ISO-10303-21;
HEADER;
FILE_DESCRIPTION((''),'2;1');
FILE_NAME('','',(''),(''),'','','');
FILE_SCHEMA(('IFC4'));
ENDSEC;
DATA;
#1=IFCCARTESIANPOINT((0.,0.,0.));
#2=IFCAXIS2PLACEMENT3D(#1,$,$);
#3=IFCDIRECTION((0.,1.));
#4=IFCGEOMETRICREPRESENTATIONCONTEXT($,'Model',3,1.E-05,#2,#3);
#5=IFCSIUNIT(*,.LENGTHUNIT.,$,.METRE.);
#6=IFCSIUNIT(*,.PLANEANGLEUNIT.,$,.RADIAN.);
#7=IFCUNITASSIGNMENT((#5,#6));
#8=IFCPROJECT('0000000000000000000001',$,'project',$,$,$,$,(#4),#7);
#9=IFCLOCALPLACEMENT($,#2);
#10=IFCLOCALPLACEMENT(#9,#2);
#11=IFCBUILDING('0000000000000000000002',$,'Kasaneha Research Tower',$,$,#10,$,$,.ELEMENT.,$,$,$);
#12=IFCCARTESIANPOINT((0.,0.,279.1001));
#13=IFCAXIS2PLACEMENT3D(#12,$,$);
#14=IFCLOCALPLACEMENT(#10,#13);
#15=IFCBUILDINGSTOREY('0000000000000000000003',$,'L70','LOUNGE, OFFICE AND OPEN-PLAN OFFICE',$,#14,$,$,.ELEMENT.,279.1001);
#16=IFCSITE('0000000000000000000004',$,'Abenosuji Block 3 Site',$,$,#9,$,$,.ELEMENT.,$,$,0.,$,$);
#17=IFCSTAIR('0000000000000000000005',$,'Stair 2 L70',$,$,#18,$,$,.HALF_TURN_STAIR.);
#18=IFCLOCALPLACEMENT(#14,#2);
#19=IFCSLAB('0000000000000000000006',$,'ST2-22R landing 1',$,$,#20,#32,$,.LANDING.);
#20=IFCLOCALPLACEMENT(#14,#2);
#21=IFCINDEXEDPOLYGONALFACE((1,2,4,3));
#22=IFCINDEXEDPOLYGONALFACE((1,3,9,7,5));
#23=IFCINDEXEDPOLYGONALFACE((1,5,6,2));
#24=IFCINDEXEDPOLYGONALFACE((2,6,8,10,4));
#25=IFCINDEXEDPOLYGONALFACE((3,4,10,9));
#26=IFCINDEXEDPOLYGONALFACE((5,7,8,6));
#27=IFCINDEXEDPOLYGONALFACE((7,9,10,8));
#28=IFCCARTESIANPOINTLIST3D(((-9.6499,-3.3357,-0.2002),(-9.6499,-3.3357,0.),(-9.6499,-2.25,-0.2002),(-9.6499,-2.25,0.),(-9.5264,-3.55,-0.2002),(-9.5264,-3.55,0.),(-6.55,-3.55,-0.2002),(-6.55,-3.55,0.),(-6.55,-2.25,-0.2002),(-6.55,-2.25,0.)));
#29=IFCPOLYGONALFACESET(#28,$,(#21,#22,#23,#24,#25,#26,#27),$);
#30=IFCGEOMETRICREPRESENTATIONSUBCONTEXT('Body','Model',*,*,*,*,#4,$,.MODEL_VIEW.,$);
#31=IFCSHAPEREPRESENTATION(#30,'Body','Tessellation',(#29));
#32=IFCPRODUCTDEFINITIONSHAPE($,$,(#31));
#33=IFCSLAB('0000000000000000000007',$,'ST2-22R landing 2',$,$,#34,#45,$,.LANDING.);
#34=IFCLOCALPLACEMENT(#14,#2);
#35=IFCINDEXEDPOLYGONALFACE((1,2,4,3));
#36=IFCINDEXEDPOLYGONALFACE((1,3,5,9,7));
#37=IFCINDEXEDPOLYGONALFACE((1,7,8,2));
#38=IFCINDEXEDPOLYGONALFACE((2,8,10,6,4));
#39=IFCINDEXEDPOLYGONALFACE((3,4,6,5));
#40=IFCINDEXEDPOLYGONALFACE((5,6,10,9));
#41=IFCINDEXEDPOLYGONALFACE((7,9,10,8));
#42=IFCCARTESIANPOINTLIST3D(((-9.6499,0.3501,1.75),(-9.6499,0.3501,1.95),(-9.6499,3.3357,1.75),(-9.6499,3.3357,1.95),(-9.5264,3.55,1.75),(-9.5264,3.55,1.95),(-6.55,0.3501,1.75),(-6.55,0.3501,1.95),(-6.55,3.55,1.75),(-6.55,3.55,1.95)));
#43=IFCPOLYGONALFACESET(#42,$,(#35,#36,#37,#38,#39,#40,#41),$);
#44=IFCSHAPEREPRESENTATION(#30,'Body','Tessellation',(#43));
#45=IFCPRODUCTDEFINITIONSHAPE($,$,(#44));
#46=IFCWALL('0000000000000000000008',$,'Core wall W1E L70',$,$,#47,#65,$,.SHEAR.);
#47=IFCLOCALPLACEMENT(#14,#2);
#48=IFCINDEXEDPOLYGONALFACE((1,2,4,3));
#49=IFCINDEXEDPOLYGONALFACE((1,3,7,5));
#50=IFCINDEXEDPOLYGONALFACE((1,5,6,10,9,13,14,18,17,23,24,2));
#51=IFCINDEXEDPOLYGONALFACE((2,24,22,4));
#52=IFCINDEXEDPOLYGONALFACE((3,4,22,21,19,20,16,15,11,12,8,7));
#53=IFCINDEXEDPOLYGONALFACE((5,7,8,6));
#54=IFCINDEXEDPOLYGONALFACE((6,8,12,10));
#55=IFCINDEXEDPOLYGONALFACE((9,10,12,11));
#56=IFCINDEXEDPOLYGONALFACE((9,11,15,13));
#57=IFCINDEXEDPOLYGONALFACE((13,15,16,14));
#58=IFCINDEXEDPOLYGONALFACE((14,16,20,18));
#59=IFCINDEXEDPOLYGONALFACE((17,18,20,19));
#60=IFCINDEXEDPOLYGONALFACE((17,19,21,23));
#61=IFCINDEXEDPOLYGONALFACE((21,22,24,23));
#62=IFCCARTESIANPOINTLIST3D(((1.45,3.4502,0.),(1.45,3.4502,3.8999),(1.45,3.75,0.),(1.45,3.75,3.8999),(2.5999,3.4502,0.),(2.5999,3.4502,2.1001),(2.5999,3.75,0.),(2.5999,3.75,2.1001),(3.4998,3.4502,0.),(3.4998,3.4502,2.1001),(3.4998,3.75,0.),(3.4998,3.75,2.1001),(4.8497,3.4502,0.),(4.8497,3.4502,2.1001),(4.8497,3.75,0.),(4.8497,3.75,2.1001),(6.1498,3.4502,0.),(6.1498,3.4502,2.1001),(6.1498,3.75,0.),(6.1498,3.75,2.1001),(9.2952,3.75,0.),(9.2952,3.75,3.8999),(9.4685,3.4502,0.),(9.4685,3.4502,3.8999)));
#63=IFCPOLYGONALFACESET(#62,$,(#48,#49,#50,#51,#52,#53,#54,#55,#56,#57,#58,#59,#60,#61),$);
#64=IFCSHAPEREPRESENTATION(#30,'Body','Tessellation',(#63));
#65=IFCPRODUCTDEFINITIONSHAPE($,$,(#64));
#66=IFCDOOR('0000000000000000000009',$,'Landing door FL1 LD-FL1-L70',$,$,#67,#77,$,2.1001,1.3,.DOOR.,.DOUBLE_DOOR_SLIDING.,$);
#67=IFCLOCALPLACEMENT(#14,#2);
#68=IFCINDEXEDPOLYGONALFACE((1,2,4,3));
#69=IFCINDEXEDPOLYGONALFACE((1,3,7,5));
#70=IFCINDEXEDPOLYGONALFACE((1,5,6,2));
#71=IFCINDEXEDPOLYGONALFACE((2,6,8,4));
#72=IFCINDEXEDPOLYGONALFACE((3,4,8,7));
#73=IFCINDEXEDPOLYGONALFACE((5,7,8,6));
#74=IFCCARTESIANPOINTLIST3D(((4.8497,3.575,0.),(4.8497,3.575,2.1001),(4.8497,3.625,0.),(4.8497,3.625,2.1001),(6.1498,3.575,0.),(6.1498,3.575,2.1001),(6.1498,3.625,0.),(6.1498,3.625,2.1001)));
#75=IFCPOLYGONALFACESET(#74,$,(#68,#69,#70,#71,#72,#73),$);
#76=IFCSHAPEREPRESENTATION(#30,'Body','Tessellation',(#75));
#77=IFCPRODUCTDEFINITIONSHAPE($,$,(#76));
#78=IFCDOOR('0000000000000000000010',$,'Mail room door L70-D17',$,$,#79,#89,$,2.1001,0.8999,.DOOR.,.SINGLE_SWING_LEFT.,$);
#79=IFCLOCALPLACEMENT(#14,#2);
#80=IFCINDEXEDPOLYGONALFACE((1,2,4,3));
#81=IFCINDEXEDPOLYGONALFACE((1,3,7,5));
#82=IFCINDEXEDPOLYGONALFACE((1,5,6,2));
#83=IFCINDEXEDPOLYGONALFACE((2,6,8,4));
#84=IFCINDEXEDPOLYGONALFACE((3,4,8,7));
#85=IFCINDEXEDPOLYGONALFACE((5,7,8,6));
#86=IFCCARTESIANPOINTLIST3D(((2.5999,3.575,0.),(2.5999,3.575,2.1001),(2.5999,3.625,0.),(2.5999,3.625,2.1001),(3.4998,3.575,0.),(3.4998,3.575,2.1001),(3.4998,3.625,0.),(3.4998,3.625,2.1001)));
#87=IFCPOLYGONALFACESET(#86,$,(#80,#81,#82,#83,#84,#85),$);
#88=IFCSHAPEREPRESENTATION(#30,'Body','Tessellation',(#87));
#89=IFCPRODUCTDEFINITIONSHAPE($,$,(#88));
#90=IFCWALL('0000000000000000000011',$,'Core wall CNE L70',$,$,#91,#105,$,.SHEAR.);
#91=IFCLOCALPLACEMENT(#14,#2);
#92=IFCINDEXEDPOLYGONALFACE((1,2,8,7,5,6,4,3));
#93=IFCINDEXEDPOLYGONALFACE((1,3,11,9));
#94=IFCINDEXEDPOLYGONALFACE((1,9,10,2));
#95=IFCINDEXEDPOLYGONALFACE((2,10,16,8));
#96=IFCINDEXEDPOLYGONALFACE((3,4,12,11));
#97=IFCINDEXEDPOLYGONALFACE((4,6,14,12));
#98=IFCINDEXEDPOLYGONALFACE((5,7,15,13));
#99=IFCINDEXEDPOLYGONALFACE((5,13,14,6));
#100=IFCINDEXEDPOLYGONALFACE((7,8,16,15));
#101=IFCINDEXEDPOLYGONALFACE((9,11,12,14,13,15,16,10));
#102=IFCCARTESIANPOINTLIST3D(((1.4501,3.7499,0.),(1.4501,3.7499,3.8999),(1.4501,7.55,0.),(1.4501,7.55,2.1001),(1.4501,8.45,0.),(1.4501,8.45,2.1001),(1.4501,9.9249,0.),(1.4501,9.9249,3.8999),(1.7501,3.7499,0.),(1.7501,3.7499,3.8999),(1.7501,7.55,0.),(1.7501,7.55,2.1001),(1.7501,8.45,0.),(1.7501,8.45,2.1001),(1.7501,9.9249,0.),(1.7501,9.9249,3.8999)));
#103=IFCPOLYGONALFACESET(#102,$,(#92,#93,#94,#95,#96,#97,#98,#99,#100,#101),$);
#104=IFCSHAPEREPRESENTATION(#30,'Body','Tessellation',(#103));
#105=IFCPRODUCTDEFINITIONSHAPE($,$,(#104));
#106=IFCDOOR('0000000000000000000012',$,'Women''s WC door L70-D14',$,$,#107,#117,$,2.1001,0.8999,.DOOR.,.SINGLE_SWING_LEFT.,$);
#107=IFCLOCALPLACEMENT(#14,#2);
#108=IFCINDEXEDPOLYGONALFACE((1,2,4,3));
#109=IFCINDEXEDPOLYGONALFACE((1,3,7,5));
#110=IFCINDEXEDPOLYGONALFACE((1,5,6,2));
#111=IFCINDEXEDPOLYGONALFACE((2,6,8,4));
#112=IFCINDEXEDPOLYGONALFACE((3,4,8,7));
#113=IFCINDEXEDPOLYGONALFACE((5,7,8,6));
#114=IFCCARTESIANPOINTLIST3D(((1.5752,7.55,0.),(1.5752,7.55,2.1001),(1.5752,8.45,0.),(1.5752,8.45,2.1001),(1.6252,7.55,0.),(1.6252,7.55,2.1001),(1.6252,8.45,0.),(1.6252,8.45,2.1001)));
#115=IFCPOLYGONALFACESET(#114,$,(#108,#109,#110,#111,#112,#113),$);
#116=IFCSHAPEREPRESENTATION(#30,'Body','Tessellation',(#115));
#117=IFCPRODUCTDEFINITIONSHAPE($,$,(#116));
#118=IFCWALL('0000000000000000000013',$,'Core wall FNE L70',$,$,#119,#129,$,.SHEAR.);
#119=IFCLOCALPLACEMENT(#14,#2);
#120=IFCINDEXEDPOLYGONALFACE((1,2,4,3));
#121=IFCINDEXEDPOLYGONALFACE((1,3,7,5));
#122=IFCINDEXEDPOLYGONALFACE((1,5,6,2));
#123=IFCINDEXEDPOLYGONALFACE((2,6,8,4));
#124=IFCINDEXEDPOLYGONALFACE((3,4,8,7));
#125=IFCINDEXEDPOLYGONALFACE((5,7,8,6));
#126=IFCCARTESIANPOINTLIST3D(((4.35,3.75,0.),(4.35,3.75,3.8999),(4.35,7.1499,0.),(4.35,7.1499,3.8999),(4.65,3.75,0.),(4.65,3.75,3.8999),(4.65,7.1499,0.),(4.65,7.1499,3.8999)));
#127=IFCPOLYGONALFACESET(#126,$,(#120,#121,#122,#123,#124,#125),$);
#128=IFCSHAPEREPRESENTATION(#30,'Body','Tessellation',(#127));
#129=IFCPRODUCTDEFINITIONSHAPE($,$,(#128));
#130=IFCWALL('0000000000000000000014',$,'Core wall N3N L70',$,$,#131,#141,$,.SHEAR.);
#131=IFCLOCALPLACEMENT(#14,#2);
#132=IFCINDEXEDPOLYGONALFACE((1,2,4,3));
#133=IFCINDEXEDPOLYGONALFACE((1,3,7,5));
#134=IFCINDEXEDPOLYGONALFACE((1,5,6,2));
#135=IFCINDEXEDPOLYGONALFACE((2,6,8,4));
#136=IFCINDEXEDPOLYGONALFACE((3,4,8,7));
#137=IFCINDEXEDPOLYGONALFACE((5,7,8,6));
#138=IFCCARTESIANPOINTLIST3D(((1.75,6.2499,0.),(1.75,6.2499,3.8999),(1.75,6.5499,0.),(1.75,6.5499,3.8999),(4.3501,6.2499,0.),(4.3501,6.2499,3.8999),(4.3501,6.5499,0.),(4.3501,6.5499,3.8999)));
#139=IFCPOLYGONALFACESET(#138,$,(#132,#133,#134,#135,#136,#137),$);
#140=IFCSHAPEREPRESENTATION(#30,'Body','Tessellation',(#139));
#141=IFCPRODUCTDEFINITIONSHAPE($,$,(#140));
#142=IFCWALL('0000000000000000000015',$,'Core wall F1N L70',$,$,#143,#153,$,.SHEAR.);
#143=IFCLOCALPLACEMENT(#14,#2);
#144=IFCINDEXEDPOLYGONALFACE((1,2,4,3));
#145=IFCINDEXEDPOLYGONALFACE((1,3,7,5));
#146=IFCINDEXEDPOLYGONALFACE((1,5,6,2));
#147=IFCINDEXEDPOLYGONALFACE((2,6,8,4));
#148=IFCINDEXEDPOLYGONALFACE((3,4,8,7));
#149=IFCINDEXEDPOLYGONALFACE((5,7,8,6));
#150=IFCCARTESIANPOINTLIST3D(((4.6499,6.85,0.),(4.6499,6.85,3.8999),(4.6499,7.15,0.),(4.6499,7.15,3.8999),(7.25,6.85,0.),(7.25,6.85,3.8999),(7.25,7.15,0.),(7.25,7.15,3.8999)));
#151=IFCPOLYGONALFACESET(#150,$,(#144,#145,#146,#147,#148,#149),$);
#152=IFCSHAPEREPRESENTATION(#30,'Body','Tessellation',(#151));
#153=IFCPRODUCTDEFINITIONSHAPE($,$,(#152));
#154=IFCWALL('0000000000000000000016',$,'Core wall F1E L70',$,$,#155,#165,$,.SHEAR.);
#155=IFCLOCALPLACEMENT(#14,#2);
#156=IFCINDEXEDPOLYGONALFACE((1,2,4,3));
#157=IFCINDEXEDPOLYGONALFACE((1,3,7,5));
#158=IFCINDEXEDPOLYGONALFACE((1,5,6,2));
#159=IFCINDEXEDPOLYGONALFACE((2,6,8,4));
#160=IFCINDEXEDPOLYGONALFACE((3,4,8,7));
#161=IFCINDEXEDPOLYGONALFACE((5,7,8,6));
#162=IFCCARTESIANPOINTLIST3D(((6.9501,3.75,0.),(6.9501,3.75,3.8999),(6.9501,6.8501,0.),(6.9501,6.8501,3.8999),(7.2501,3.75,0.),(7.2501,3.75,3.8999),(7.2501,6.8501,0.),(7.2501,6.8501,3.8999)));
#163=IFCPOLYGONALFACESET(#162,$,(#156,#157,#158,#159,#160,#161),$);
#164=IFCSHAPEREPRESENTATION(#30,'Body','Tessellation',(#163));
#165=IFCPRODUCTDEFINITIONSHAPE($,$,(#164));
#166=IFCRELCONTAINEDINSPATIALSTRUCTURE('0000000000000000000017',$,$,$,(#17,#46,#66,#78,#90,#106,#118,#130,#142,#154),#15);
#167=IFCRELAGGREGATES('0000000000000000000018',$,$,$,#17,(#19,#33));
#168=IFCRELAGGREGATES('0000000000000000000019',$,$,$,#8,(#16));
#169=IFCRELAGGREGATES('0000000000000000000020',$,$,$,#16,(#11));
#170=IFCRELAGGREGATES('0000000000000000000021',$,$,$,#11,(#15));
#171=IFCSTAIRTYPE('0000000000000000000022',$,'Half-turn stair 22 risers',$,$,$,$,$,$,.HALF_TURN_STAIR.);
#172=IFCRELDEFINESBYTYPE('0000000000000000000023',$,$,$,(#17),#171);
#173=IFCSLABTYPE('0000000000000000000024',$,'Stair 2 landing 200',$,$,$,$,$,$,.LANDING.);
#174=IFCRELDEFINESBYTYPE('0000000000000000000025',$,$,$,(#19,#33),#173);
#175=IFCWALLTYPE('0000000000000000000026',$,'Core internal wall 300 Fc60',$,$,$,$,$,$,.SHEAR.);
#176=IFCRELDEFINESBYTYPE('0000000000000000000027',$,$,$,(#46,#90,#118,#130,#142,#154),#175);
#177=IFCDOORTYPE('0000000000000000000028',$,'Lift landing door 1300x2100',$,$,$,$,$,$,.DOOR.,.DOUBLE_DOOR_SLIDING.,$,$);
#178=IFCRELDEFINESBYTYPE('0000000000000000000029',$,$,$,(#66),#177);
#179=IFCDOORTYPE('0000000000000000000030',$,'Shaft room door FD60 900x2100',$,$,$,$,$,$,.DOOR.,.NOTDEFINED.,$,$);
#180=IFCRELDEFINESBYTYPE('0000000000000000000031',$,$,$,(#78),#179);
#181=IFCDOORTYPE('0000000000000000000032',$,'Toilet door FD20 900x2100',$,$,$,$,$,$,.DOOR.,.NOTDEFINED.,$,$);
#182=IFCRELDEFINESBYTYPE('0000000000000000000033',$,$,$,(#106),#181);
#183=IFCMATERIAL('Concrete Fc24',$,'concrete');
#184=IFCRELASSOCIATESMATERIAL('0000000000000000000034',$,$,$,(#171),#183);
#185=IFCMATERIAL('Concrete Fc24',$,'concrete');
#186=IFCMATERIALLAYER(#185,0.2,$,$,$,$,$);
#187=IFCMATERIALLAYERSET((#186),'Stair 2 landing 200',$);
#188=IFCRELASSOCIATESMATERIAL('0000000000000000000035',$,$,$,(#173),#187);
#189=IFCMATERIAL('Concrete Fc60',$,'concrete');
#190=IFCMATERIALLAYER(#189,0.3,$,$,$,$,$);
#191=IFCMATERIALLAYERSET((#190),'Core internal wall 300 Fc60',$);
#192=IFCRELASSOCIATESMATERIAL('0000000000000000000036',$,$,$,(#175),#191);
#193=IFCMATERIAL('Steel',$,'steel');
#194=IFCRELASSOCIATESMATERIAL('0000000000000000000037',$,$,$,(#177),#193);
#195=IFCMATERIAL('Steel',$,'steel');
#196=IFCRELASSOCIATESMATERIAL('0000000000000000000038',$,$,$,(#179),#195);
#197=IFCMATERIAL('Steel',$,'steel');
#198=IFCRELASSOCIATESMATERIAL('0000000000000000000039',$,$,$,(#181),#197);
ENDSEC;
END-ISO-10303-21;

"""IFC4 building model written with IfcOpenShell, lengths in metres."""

from ifc_helpers import new_model, si_unit, direction, frame, frame_2d, origin, place, context, subcontext, project, spatial, polyline, rectangle, outline, extrude, material, layer, layer_set, type_object, element, fill, aggregate, save


model = new_model("IFC4")

# Units and contexts
model_context = context("Model", 3, precision=1e-05, world=origin(), true_north=direction((0.0, 1.0)))
body_context = subcontext(model_context, "Body", "Model", "MODEL_VIEW")
ifc_project = project(units=[si_unit("LENGTHUNIT", "METRE"), si_unit("PLANEANGLEUNIT", "RADIAN")], contexts=[model_context])

# Site, building, storey
site_placement = place(None, origin())
site = spatial("IfcSite", under=ifc_project, at=site_placement, Name="Abenosuji Block 3 Site", CompositionType="ELEMENT", RefElevation=0.0)
building_placement = place(site_placement, origin())
building = spatial("IfcBuilding", under=site, at=building_placement, Name="Kasaneha Research Tower", CompositionType="ELEMENT")
storey_placement = place(building_placement, frame((0.0, 0.0, 279.1001)))
storey = spatial("IfcBuildingStorey", under=building, at=storey_placement, Name="L70", Description="LOUNGE, OFFICE AND OPEN-PLAN OFFICE", CompositionType="ELEMENT", Elevation=279.1001)

# Stair, slabs
ifc_material_1 = material(Name="Concrete Fc24", Category="concrete")
stair_type = type_object("IfcStairType", Name="Half-turn stair 22 risers", PredefinedType="HALF_TURN_STAIR", material=ifc_material_1)
stair_1_placement = place(storey_placement, origin())
stair_1 = element("IfcStair", 1, at=stair_1_placement, inside=storey, type_object=stair_type, Name="Stair 2 L70", PredefinedType="HALF_TURN_STAIR")
ifc_material_2 = material(Name="Concrete Fc24", Category="concrete")
ifc_layer_1 = layer(ifc_material_2, 0.2)
ifc_layer_set_1 = layer_set([ifc_layer_1], Name="Stair 2 landing 200")
slab_type = type_object("IfcSlabType", Name="Stair 2 landing 200", PredefinedType="LANDING", material=ifc_layer_set_1)
slab_1_placement = place(storey_placement, frame((0.0, 0.0, -0.2002)))
slab_1 = element("IfcSlab", 2, at=slab_1_placement, type_object=slab_type, Name="ST2-22R landing 1", PredefinedType="LANDING", context=body_context, shape_type="SweptSolid", body=[
    extrude(outline(polyline([(-6.55, -3.55), (-9.5264, -3.55), (-9.6499, -3.3357), (-9.6499, -2.25), (-6.55, -2.25), (-6.55, -3.55)])), origin(), (0.0, 0.0, 1.0), 0.2002),
])
slab_2_placement = place(storey_placement, frame((0.0, 0.0, 1.75)))
slab_2 = element("IfcSlab", 3, at=slab_2_placement, type_object=slab_type, Name="ST2-22R landing 2", PredefinedType="LANDING", context=body_context, shape_type="SweptSolid", body=[
    extrude(outline(polyline([(-6.55, 0.3501), (-9.6499, 0.3501), (-9.6499, 3.3357), (-9.5264, 3.55), (-6.55, 3.55), (-6.55, 0.3501)])), origin(), (0.0, 0.0, 1.0), 0.2),
])
aggregate(stair_1, [slab_1, slab_2])

# Wall, openings, doors
ifc_material_3 = material(Name="Concrete Fc60", Category="concrete")
ifc_layer_2 = layer(ifc_material_3, 0.3)
ifc_layer_set_2 = layer_set([ifc_layer_2], Name="Core internal wall 300 Fc60")
wall_type_1 = type_object("IfcWallType", Name="Core internal wall 300 Fc60", PredefinedType="SHEAR", material=ifc_layer_set_2)
wall_1_placement = place(storey_placement, frame((1.45, 3.6001, 0.0), z_axis=(0.0, 0.0, 1.0), x_axis=(1.0, 0.0, 0.0)))
wall_1 = element("IfcWall", 4, at=wall_1_placement, inside=storey, type_object=wall_type_1, Name="Core wall W1E L70", PredefinedType="SHEAR", context=body_context, shape_type="SweptSolid", body=[
    extrude(outline(polyline([(0.0, -0.1499), (1.1499, -0.1499), (2.0498, -0.1499), (3.3999, -0.1499), (4.7, -0.1499), (8.0186, -0.1499), (7.8452, 0.1499), (4.7, 0.1499), (3.3999, 0.1499), (2.0498, 0.1499), (1.1499, 0.1499), (0.0, 0.1499), (0.0, -0.1499)])), origin(), (0.0, 0.0, 1.0), 3.8999),
])
opening_1_placement = place(wall_1_placement, frame((1.1499, 0.0, 0.0)))
opening_1 = element("IfcOpeningElement", 5, at=opening_1_placement, cuts=wall_1, PredefinedType="OPENING", context=body_context, shape_type="SweptSolid", body=[
    extrude(rectangle(XDim=0.8999, YDim=2.1001, at=frame_2d((0.45, 1.05))), frame((0.0, 0.1602, 0.0), z_axis=(0.0, -1.0, 0.0), x_axis=(1.0, 0.0, 0.0)), (0.0, 0.0, 1.0), 0.3201),
])
opening_2_placement = place(wall_1_placement, frame((3.3999, 0.0, 0.0)))
opening_2 = element("IfcOpeningElement", 6, at=opening_2_placement, cuts=wall_1, PredefinedType="OPENING", context=body_context, shape_type="SweptSolid", body=[
    extrude(rectangle(XDim=1.3, YDim=2.1001, at=frame_2d((0.6499, 1.05))), frame((0.0, 0.1602, 0.0), z_axis=(0.0, -1.0, 0.0), x_axis=(1.0, 0.0, 0.0)), (0.0, 0.0, 1.0), 0.3201),
])
ifc_material_4 = material(Name="Steel", Category="steel")
door_type_1 = type_object("IfcDoorType", Name="Lift landing door 1300x2100", OperationType="DOUBLE_DOOR_SLIDING", PredefinedType="DOOR", material=ifc_material_4)
door_1_placement = place(opening_2_placement, origin())
door_1 = element("IfcDoor", 7, at=door_1_placement, inside=storey, type_object=door_type_1, Name="Landing door FL1 LD-FL1-L70", OperationType="DOUBLE_DOOR_SLIDING", OverallHeight=2.1001, OverallWidth=1.3, PredefinedType="DOOR", context=body_context, shape_type="SweptSolid", body=[
    extrude(rectangle(XDim=1.3, YDim=2.1001, at=frame_2d((0.6499, 1.05))), frame((0.0, 0.0249, 0.0), z_axis=(0.0, -1.0, 0.0), x_axis=(1.0, 0.0, 0.0)), (0.0, 0.0, 1.0), 0.05),
])
fill(opening_2, door_1)
ifc_material_5 = material(Name="Steel", Category="steel")
door_type_2 = type_object("IfcDoorType", Name="Shaft room door FD60 900x2100", OperationType="NOTDEFINED", PredefinedType="DOOR", material=ifc_material_5)
door_2_placement = place(opening_1_placement, origin())
door_2 = element("IfcDoor", 8, at=door_2_placement, inside=storey, type_object=door_type_2, Name="Mail room door L70-D17", OperationType="SINGLE_SWING_LEFT", OverallHeight=2.1001, OverallWidth=0.8999, PredefinedType="DOOR", context=body_context, shape_type="SweptSolid", body=[
    extrude(rectangle(XDim=0.8999, YDim=2.1001, at=frame_2d((0.45, 1.05))), frame((0.0, 0.0249, 0.0), z_axis=(0.0, -1.0, 0.0), x_axis=(1.0, 0.0, 0.0)), (0.0, 0.0, 1.0), 0.05),
])
fill(opening_1, door_2)

# Wall, opening, door
wall_2_placement = place(storey_placement, frame((1.6001, 3.75, 0.0), z_axis=(0.0, 0.0, 1.0), x_axis=(0.0, 1.0, 0.0)))
wall_2 = element("IfcWall", 9, at=wall_2_placement, inside=storey, type_object=wall_type_1, Name="Core wall CNE L70", PredefinedType="SHEAR", context=body_context, shape_type="SweptSolid", body=[
    extrude(rectangle(XDim=6.175, YDim=0.3, at=frame_2d((3.0874, 0.0))), origin(), (0.0, 0.0, 1.0), 3.8999),
])
opening_3_placement = place(wall_2_placement, frame((3.8, 0.0, 0.0)))
opening_3 = element("IfcOpeningElement", 10, at=opening_3_placement, cuts=wall_2, PredefinedType="OPENING", context=body_context, shape_type="SweptSolid", body=[
    extrude(rectangle(XDim=0.8999, YDim=2.1001, at=frame_2d((0.45, 1.05))), frame((0.0, 0.1602, 0.0), z_axis=(0.0, -1.0, 0.0), x_axis=(1.0, 0.0, 0.0)), (0.0, 0.0, 1.0), 0.3201),
])
ifc_material_6 = material(Name="Steel", Category="steel")
door_type_3 = type_object("IfcDoorType", Name="Toilet door FD20 900x2100", OperationType="NOTDEFINED", PredefinedType="DOOR", material=ifc_material_6)
door_3_placement = place(opening_3_placement, origin())
door_3 = element("IfcDoor", 11, at=door_3_placement, inside=storey, type_object=door_type_3, Name="Women's WC door L70-D14", OperationType="SINGLE_SWING_LEFT", OverallHeight=2.1001, OverallWidth=0.8999, PredefinedType="DOOR", context=body_context, shape_type="SweptSolid", body=[
    extrude(rectangle(XDim=0.8999, YDim=2.1001, at=frame_2d((0.45, 1.05))), frame((0.0, 0.0249, 0.0), z_axis=(0.0, -1.0, 0.0), x_axis=(1.0, 0.0, 0.0)), (0.0, 0.0, 1.0), 0.05),
])
fill(opening_3, door_3)

# Walls
wall_3_placement = place(storey_placement, frame((4.5, 3.75, 0.0), z_axis=(0.0, 0.0, 1.0), x_axis=(0.0, 1.0, 0.0)))
element("IfcWall", 12, at=wall_3_placement, inside=storey, type_object=wall_type_1, Name="Core wall FNE L70", PredefinedType="SHEAR", context=body_context, shape_type="SweptSolid", body=[
    extrude(rectangle(XDim=3.3999, YDim=0.3, at=frame_2d((1.7, 0.0))), origin(), (0.0, 0.0, 1.0), 3.8999),
])
for number, where, z_axis, x_axis, name in (
    (13, (1.75, 6.3999, 0.0), (0.0, 0.0, 1.0), (1.0, 0.0, 0.0), "Core wall N3N L70"),
    (14, (4.6499, 7.0, 0.0), (0.0, 0.0, 1.0), (1.0, 0.0, 0.0), "Core wall F1N L70"),
):
    element("IfcWall", number, at=place(storey_placement, frame(where, z_axis=z_axis, x_axis=x_axis)), inside=storey, type_object=wall_type_1, Name=name, PredefinedType="SHEAR", context=body_context, shape_type="SweptSolid", body=[
        extrude(rectangle(XDim=2.6001, YDim=0.3, at=frame_2d((1.3, 0.0))), origin(), (0.0, 0.0, 1.0), 3.8999),
    ])
wall_4_placement = place(storey_placement, frame((7.1001, 3.75, 0.0), z_axis=(0.0, 0.0, 1.0), x_axis=(0.0, 1.0, 0.0)))
element("IfcWall", 15, at=wall_4_placement, inside=storey, type_object=wall_type_1, Name="Core wall F1E L70", PredefinedType="SHEAR", context=body_context, shape_type="SweptSolid", body=[
    extrude(rectangle(XDim=3.1001, YDim=0.3, at=frame_2d((1.55, 0.0))), origin(), (0.0, 0.0, 1.0), 3.8999),
])

save(model, "model.ifc")
